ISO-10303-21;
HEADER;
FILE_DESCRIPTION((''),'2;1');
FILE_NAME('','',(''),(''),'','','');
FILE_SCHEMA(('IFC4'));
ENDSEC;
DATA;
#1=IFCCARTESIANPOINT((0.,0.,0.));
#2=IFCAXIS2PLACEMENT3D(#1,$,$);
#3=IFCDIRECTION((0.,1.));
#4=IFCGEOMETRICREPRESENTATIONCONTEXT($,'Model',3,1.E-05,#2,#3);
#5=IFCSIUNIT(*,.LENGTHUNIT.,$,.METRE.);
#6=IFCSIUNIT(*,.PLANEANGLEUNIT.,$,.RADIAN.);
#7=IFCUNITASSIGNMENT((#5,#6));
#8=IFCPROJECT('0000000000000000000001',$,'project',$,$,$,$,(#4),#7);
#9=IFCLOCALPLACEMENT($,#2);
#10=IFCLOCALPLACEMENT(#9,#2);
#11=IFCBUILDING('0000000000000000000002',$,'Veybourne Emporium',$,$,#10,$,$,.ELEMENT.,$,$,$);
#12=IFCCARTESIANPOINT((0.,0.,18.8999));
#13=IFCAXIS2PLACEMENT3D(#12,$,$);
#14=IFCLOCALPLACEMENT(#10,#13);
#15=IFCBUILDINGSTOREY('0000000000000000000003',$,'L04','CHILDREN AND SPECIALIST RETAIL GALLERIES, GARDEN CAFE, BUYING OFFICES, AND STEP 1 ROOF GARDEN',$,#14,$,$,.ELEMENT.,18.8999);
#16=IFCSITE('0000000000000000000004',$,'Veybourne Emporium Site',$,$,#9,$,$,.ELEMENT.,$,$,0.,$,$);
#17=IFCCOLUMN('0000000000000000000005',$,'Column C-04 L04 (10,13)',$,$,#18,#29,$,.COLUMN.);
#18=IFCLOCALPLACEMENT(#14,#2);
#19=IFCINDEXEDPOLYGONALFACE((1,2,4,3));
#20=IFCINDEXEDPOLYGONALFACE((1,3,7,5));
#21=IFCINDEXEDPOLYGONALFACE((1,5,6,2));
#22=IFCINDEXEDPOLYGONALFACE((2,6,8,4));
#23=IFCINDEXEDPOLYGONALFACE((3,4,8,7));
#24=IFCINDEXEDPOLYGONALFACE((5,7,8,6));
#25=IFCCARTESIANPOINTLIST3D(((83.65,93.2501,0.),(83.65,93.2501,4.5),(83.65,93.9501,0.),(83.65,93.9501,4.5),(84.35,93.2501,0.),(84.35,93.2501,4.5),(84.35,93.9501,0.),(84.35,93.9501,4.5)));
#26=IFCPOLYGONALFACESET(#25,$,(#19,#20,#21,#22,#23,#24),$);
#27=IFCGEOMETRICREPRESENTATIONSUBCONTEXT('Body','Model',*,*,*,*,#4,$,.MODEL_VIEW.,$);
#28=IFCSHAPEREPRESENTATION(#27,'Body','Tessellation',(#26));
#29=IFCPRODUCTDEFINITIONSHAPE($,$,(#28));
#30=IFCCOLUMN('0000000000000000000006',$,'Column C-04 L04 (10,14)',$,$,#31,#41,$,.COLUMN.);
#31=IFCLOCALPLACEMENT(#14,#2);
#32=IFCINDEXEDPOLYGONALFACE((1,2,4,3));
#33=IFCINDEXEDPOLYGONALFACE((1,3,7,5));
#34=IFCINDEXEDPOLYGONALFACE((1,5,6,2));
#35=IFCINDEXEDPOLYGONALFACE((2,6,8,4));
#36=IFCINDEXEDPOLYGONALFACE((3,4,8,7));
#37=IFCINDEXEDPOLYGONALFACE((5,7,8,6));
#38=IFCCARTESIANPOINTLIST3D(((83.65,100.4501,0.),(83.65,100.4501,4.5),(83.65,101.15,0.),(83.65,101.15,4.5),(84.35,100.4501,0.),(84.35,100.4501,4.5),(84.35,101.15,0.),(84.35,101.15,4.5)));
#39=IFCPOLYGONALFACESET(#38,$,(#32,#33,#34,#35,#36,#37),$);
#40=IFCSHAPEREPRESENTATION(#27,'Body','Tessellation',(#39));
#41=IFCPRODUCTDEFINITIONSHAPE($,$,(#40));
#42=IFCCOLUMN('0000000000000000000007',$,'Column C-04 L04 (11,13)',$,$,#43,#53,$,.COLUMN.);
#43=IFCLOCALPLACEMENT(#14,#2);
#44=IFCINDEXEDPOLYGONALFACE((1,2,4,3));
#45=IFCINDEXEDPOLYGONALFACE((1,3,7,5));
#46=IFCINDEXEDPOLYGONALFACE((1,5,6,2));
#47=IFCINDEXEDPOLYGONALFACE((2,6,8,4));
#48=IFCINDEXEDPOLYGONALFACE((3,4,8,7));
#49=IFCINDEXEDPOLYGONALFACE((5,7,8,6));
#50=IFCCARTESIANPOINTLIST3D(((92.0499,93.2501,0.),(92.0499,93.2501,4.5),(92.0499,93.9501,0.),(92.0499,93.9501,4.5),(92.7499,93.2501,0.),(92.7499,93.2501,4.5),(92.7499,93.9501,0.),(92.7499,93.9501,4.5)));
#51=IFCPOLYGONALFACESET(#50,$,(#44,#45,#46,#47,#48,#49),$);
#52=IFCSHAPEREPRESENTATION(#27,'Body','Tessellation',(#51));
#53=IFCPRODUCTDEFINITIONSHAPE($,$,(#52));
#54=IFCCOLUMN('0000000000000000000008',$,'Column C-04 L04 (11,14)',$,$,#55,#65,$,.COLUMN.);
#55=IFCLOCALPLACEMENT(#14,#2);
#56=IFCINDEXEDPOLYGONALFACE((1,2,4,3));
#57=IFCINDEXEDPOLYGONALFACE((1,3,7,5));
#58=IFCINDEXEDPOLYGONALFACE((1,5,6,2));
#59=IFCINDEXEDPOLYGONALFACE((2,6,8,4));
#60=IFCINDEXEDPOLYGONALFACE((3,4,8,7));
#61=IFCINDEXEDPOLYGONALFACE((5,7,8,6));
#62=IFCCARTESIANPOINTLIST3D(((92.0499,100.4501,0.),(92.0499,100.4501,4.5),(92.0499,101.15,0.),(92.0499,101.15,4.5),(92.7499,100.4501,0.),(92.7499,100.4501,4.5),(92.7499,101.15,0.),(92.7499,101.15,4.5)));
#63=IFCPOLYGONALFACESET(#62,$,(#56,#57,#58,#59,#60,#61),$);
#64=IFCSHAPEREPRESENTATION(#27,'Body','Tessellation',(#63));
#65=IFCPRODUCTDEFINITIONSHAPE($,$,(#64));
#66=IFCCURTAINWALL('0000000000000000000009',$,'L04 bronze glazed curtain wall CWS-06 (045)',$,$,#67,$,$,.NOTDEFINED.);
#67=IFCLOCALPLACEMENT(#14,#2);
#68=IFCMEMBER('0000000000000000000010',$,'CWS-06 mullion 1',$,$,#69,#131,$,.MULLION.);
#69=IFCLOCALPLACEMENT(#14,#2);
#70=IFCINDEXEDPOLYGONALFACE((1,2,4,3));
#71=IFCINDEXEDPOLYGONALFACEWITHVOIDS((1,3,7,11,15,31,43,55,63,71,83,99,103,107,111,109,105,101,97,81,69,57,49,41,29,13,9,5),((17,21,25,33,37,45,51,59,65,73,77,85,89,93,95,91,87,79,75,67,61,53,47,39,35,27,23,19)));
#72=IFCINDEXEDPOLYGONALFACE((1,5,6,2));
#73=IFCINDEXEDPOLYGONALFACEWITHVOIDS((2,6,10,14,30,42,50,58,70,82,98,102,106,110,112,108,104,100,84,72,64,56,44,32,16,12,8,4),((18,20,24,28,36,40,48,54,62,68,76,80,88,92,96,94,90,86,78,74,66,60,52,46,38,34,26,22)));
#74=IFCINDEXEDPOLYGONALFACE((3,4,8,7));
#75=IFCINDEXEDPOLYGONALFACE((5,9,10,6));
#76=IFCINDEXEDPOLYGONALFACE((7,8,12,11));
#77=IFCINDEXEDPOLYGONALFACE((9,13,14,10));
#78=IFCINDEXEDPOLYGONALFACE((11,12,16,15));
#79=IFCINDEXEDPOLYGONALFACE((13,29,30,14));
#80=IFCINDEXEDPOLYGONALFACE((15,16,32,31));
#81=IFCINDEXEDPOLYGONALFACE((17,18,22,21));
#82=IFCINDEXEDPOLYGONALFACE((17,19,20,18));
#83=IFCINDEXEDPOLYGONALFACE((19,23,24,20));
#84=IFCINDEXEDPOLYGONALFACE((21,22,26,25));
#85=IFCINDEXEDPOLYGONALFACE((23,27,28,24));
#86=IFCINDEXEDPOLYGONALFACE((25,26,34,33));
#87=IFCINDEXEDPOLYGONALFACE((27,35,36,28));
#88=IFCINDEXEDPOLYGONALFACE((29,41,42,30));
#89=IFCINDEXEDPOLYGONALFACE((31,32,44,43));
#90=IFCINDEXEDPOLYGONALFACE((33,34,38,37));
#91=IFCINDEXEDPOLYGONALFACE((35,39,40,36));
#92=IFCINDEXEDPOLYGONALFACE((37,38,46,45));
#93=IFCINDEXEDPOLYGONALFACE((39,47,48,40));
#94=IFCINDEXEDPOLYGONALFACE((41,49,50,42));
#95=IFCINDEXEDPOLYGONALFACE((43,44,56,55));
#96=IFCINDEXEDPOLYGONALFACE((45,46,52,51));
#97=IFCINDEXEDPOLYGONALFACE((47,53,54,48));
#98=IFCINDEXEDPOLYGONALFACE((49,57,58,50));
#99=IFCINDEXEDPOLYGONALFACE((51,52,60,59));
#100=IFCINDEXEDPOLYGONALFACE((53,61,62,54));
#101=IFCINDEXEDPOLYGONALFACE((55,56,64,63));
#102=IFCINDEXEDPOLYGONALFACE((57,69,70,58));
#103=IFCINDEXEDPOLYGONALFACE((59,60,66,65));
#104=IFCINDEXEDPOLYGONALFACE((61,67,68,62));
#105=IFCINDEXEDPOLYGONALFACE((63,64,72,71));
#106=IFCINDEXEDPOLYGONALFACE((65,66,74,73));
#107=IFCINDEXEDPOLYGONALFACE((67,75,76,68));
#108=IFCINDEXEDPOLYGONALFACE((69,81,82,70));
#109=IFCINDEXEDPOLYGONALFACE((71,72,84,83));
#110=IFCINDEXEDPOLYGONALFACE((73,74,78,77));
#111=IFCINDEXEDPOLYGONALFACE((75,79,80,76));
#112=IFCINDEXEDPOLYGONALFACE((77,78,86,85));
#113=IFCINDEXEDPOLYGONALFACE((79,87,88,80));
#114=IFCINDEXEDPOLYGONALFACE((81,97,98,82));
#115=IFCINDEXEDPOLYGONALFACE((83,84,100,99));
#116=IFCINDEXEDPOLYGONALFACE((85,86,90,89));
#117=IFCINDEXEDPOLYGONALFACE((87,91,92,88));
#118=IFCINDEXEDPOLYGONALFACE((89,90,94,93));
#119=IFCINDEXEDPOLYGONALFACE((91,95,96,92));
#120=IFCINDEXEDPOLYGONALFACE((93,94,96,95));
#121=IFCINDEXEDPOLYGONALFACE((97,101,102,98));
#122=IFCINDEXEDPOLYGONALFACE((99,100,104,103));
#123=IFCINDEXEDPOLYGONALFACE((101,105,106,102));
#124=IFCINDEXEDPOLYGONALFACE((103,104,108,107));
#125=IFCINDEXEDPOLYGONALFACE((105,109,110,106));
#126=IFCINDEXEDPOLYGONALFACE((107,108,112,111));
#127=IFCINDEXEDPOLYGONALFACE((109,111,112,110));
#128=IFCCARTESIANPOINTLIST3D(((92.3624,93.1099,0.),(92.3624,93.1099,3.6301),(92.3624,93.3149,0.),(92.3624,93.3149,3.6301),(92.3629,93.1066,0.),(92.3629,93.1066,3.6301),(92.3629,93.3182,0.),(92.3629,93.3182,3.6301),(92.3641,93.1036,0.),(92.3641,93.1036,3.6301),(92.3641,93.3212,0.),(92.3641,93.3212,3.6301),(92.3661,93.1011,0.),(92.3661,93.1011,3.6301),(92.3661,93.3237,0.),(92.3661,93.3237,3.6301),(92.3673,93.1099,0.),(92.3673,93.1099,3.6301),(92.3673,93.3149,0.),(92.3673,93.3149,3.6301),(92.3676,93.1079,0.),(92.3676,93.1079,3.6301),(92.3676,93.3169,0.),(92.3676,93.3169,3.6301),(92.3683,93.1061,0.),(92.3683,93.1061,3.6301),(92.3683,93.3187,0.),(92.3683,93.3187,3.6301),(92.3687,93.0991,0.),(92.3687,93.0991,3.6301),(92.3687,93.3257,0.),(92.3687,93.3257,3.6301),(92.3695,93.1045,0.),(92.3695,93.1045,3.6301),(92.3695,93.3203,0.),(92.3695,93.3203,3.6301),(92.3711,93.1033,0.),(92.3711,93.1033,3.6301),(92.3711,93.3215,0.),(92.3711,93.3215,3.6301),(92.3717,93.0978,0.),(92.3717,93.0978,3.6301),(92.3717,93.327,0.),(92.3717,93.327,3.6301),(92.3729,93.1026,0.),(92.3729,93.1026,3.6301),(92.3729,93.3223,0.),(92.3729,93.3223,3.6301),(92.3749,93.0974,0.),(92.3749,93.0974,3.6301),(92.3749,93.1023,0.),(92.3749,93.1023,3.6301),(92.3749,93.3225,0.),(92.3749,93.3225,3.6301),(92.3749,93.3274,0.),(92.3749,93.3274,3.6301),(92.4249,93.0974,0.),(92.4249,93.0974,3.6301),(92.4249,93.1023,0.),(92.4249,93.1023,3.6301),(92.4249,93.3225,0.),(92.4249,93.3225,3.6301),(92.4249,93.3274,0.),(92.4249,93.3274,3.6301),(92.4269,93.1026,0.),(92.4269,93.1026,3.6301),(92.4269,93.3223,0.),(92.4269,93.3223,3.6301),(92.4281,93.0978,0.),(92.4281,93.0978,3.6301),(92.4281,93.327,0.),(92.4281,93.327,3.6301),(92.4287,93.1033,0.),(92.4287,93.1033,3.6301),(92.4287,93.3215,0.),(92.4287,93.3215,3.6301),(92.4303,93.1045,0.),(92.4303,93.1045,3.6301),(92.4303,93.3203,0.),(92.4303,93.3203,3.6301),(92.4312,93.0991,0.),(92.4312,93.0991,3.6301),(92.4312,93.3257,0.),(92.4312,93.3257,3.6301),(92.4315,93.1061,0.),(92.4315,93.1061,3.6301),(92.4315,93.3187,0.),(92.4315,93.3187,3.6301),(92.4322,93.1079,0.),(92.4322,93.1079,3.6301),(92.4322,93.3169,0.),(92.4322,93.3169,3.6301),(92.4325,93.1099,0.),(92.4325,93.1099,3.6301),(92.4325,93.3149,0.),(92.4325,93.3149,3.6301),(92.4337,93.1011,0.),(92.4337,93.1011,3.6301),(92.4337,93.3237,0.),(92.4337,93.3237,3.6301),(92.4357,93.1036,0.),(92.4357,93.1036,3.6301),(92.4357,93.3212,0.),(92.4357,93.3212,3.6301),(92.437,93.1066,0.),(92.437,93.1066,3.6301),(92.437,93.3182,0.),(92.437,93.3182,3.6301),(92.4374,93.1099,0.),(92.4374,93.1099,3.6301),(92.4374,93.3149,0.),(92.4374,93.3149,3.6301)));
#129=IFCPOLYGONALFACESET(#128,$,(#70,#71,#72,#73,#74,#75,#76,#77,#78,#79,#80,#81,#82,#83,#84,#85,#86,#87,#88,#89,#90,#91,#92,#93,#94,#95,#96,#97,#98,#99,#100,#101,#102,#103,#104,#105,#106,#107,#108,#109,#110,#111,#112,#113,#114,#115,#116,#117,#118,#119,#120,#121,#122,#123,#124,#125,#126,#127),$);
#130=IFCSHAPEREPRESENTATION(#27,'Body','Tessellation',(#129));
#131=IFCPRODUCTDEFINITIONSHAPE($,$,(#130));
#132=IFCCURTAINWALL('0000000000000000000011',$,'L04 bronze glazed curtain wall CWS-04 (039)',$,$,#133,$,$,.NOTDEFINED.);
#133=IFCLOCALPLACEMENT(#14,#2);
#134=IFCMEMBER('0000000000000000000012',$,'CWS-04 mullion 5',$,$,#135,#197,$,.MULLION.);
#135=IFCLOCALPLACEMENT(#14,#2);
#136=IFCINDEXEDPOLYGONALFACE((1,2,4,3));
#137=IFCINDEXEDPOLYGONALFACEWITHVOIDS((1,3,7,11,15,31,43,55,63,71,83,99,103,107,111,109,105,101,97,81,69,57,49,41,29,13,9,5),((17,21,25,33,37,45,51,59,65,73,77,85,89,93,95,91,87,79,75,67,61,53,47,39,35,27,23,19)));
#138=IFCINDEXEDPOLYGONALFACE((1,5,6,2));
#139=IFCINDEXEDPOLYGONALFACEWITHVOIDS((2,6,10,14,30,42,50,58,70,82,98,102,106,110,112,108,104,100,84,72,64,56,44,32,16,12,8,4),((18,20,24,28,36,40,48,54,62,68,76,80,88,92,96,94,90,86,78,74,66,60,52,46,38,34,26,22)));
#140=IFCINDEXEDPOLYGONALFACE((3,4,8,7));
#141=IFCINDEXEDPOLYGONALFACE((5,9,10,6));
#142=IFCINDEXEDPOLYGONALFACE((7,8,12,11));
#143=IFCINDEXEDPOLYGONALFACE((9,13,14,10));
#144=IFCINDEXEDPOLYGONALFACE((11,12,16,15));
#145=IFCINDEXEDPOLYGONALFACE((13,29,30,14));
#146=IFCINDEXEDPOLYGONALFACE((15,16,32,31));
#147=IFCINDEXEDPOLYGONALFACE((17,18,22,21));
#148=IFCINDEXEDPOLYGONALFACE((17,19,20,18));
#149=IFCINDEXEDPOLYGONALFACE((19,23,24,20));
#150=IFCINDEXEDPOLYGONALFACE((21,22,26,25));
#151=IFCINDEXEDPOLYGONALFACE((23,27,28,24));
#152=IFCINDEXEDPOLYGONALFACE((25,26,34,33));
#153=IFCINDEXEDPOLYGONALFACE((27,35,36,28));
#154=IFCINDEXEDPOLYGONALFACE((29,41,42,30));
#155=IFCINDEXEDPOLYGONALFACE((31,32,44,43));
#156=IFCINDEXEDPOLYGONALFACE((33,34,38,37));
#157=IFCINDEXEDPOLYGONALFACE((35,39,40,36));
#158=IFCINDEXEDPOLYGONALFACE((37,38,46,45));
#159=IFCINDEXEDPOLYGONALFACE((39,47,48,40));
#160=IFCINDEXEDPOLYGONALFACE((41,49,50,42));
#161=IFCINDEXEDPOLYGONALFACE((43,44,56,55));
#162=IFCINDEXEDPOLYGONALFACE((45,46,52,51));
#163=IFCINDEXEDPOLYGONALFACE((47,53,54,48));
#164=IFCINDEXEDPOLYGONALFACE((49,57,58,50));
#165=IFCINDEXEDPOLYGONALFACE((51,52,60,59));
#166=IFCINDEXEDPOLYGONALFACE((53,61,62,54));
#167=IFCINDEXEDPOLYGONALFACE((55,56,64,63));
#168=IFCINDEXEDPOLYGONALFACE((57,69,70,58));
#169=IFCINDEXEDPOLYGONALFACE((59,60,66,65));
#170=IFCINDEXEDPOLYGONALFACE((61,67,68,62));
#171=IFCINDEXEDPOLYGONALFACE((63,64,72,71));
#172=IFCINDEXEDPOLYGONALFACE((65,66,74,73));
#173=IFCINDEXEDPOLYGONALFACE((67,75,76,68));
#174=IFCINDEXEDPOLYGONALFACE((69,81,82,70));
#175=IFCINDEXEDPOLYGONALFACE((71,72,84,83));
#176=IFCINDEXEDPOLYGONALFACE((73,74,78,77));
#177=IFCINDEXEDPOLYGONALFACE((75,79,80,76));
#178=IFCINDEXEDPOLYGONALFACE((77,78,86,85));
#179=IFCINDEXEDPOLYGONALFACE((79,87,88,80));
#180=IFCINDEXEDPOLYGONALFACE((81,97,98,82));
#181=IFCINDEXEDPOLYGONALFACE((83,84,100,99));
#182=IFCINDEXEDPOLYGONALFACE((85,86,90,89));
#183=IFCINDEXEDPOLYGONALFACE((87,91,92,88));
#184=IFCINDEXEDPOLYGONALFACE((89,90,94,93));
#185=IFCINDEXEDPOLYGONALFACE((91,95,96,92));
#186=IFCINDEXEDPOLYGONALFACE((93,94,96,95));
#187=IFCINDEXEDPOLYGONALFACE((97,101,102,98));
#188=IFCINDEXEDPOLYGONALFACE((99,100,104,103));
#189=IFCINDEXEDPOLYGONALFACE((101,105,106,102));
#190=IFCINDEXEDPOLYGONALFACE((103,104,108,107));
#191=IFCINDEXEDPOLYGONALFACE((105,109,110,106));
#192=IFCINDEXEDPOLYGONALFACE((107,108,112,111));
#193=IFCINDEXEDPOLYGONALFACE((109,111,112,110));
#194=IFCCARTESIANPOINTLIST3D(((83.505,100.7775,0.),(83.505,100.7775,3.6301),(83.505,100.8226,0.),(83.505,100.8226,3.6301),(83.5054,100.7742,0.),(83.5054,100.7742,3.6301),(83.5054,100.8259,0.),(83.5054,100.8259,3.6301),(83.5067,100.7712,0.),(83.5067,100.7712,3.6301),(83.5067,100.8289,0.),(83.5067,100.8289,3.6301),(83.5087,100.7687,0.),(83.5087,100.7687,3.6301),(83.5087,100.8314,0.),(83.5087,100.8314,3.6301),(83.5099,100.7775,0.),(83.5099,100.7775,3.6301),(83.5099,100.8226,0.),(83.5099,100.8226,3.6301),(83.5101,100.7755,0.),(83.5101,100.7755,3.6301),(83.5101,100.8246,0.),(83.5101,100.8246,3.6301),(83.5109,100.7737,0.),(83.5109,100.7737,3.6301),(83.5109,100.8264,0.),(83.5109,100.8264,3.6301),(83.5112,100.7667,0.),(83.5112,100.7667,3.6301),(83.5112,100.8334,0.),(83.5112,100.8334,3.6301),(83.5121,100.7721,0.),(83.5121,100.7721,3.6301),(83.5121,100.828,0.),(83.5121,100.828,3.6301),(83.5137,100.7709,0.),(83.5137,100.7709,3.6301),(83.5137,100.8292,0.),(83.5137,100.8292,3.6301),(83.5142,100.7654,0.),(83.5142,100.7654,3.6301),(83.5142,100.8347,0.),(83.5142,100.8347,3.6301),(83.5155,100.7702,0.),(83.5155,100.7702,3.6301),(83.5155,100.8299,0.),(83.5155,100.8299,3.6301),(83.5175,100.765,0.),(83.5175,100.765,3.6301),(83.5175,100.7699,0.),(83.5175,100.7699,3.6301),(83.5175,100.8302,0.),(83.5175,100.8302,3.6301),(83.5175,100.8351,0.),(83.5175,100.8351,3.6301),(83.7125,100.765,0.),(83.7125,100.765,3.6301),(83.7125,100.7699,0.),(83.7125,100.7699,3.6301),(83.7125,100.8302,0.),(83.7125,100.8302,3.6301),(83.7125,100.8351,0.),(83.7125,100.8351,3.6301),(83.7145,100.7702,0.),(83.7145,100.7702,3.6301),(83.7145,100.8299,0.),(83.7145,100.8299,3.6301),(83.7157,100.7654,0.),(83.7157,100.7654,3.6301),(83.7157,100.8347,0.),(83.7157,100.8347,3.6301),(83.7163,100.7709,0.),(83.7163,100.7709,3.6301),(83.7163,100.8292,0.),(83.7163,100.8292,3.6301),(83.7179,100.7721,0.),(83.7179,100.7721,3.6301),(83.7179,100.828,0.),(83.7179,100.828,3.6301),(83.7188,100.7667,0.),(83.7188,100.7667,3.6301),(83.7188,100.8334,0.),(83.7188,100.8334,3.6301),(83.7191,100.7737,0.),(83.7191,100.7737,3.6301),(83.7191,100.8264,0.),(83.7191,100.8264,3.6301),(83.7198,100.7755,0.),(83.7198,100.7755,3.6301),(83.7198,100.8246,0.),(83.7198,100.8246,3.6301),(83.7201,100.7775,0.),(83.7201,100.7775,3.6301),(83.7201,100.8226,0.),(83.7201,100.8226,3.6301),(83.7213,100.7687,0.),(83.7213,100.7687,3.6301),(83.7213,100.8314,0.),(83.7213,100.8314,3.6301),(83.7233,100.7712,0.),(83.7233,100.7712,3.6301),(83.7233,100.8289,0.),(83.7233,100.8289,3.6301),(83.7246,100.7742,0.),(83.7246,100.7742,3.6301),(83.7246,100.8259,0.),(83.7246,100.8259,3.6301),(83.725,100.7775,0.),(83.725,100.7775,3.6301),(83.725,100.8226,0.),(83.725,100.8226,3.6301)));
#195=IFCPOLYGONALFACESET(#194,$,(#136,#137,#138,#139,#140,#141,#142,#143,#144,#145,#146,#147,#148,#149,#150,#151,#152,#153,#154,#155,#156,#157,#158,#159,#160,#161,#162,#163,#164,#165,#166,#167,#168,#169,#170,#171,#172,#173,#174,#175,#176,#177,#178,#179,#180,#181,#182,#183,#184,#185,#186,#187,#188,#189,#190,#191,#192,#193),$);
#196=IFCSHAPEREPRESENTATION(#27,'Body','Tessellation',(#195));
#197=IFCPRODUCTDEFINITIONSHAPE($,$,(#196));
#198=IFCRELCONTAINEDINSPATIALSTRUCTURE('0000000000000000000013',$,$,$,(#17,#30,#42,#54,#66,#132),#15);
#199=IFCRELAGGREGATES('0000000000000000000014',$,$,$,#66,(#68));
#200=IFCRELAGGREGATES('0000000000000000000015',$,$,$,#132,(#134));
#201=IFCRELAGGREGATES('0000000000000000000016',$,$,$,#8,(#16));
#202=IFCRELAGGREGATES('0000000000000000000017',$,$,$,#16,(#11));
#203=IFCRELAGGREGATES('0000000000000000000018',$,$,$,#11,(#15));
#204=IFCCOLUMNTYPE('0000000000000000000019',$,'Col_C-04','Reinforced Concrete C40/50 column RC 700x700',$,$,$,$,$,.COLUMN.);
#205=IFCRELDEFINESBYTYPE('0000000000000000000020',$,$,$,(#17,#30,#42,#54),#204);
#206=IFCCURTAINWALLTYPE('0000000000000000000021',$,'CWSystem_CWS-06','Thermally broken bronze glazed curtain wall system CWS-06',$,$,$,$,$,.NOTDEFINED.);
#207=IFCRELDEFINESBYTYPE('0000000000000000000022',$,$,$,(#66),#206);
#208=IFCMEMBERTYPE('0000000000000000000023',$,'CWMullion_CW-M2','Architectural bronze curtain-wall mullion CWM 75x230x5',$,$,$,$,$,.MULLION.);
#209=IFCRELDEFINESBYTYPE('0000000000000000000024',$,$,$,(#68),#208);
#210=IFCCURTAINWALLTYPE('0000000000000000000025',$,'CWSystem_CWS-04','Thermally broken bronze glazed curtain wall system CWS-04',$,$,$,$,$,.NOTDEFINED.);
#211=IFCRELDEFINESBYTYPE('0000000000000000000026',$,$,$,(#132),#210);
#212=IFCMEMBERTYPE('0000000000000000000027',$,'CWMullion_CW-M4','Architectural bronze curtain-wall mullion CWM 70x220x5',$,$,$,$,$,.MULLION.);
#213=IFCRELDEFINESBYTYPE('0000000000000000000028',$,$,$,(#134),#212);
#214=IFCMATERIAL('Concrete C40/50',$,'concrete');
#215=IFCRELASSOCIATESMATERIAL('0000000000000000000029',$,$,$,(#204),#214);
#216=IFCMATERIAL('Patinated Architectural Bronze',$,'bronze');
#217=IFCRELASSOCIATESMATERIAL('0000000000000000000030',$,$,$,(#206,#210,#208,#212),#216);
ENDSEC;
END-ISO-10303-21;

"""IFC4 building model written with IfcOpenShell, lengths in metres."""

from ifc_helpers import new_model, si_unit, direction, frame, origin, origin_2d, place, context, subcontext, project, spatial, rectangle, hollow_rectangle, extrude, material, material_profile, profile_set, type_object, element, aggregate, save


model = new_model("IFC4")

# Units and contexts
model_context = context("Model", 3, precision=1e-05, world=origin(), true_north=direction((0.0, 1.0)))
body_context = subcontext(model_context, "Body", "Model", "MODEL_VIEW")
ifc_project = project(units=[si_unit("LENGTHUNIT", "METRE"), si_unit("PLANEANGLEUNIT", "RADIAN")], contexts=[model_context])

# Site, building, storey
site_placement = place(None, origin())
site = spatial("IfcSite", under=ifc_project, at=site_placement, Name="Veybourne Emporium Site", CompositionType="ELEMENT", RefElevation=0.0)
building_placement = place(site_placement, origin())
building = spatial("IfcBuilding", under=site, at=building_placement, Name="Veybourne Emporium", CompositionType="ELEMENT")
storey_placement = place(building_placement, frame((0.0, 0.0, 18.8999)))
storey = spatial("IfcBuildingStorey", under=building, at=storey_placement, Name="L04", Description="CHILDREN AND SPECIALIST RETAIL GALLERIES, GARDEN CAFE, BUYING OFFICES, AND STEP 1 ROOF GARDEN", CompositionType="ELEMENT", Elevation=18.8999)

# Columns
ifc_material_1 = material(Name="Concrete C40/50", Category="concrete")
ifc_material_profile_1 = material_profile(ifc_material_1, rectangle(XDim=0.7, YDim=0.7, at=origin_2d()), Name="RC 700x700")
ifc_profile_set_1 = profile_set([ifc_material_profile_1], Name="Concrete C40/50")
column_type = type_object("IfcColumnType", Name="Col_C-04", Description="Reinforced Concrete C40/50 column RC 700x700", PredefinedType="COLUMN", material=ifc_profile_set_1)
for number, where, z_axis, x_axis, name in (
    (1, (84.0, 93.6001, 0.0), (0.0, 0.0, 1.0), (1.0, 0.0, 0.0), "Column C-04 L04 (10,13)"),
    (2, (84.0, 100.8, 0.0), (0.0, 0.0, 1.0), (1.0, 0.0, 0.0), "Column C-04 L04 (10,14)"),
    (3, (92.3999, 93.6001, 0.0), (0.0, 0.0, 1.0), (1.0, 0.0, 0.0), "Column C-04 L04 (11,13)"),
    (4, (92.3999, 100.8, 0.0), (0.0, 0.0, 1.0), (1.0, 0.0, 0.0), "Column C-04 L04 (11,14)"),
):
    element("IfcColumn", number, at=place(storey_placement, frame(where, z_axis=z_axis, x_axis=x_axis)), inside=storey, type_object=column_type, Name=name, PredefinedType="COLUMN", context=body_context, shape_type="SweptSolid", body=[
        extrude(rectangle(XDim=0.7, YDim=0.7, at=origin_2d()), origin(), (0.0, 0.0, 1.0), 4.5),
    ])

# Curtain walls, members
ifc_material_2 = material(Name="Patinated Architectural Bronze", Category="bronze")
curtain_wall_type_1 = type_object("IfcCurtainWallType", Name="CWSystem_CWS-06", Description="Thermally broken bronze glazed curtain wall system CWS-06", PredefinedType="NOTDEFINED", material=ifc_material_2)
curtain_wall_1_placement = place(storey_placement, origin())
curtain_wall_1 = element("IfcCurtainWall", 5, at=curtain_wall_1_placement, inside=storey, type_object=curtain_wall_type_1, Name="L04 bronze glazed curtain wall CWS-06 (045)", PredefinedType="NOTDEFINED")
ifc_material_profile_2 = material_profile(ifc_material_2, hollow_rectangle(XDim=0.075, YDim=0.23, WallThickness=0.0049, InnerFilletRadius=0.0076, OuterFilletRadius=0.0125, at=origin_2d()), Name="CWM 75x230x5")
ifc_profile_set_2 = profile_set([ifc_material_profile_2], Name="Patinated Architectural Bronze")
member_type_1 = type_object("IfcMemberType", Name="CWMullion_CW-M2", Description="Architectural bronze curtain-wall mullion CWM 75x230x5", PredefinedType="MULLION", material=ifc_profile_set_2)
member_1_placement = place(storey_placement, frame((92.3999, 93.2124, 0.0), z_axis=(0.0, 0.0, 1.0), x_axis=(1.0, 0.0, 0.0)))
member_1 = element("IfcMember", 6, at=member_1_placement, type_object=member_type_1, Name="CWS-06 mullion 1", PredefinedType="MULLION", context=body_context, shape_type="SweptSolid", body=[
    extrude(hollow_rectangle(XDim=0.075, YDim=0.23, WallThickness=0.0049, InnerFilletRadius=0.0076, OuterFilletRadius=0.0125, at=origin_2d()), origin(), (0.0, 0.0, 1.0), 3.6301),
])
aggregate(curtain_wall_1, [member_1])
curtain_wall_type_2 = type_object("IfcCurtainWallType", Name="CWSystem_CWS-04", Description="Thermally broken bronze glazed curtain wall system CWS-04", PredefinedType="NOTDEFINED", material=ifc_material_2)
curtain_wall_2_placement = place(storey_placement, origin())
curtain_wall_2 = element("IfcCurtainWall", 7, at=curtain_wall_2_placement, inside=storey, type_object=curtain_wall_type_2, Name="L04 bronze glazed curtain wall CWS-04 (039)", PredefinedType="NOTDEFINED")
ifc_material_profile_3 = material_profile(ifc_material_2, hollow_rectangle(XDim=0.0701, YDim=0.22, WallThickness=0.0049, InnerFilletRadius=0.0076, OuterFilletRadius=0.0125, at=origin_2d()), Name="CWM 70x220x5")
ifc_profile_set_3 = profile_set([ifc_material_profile_3], Name="Patinated Architectural Bronze")
member_type_2 = type_object("IfcMemberType", Name="CWMullion_CW-M4", Description="Architectural bronze curtain-wall mullion CWM 70x220x5", PredefinedType="MULLION", material=ifc_profile_set_3)
member_2_placement = place(storey_placement, frame((83.615, 100.8, 0.0), z_axis=(0.0, 0.0, 1.0), x_axis=(0.0, 1.0, 0.0)))
member_2 = element("IfcMember", 8, at=member_2_placement, type_object=member_type_2, Name="CWS-04 mullion 5", PredefinedType="MULLION", context=body_context, shape_type="SweptSolid", body=[
    extrude(hollow_rectangle(XDim=0.0701, YDim=0.22, WallThickness=0.0049, InnerFilletRadius=0.0076, OuterFilletRadius=0.0125, at=origin_2d()), origin(), (0.0, 0.0, 1.0), 3.6301),
])

aggregate(curtain_wall_2, [member_2])

save(model, "model.ifc")
